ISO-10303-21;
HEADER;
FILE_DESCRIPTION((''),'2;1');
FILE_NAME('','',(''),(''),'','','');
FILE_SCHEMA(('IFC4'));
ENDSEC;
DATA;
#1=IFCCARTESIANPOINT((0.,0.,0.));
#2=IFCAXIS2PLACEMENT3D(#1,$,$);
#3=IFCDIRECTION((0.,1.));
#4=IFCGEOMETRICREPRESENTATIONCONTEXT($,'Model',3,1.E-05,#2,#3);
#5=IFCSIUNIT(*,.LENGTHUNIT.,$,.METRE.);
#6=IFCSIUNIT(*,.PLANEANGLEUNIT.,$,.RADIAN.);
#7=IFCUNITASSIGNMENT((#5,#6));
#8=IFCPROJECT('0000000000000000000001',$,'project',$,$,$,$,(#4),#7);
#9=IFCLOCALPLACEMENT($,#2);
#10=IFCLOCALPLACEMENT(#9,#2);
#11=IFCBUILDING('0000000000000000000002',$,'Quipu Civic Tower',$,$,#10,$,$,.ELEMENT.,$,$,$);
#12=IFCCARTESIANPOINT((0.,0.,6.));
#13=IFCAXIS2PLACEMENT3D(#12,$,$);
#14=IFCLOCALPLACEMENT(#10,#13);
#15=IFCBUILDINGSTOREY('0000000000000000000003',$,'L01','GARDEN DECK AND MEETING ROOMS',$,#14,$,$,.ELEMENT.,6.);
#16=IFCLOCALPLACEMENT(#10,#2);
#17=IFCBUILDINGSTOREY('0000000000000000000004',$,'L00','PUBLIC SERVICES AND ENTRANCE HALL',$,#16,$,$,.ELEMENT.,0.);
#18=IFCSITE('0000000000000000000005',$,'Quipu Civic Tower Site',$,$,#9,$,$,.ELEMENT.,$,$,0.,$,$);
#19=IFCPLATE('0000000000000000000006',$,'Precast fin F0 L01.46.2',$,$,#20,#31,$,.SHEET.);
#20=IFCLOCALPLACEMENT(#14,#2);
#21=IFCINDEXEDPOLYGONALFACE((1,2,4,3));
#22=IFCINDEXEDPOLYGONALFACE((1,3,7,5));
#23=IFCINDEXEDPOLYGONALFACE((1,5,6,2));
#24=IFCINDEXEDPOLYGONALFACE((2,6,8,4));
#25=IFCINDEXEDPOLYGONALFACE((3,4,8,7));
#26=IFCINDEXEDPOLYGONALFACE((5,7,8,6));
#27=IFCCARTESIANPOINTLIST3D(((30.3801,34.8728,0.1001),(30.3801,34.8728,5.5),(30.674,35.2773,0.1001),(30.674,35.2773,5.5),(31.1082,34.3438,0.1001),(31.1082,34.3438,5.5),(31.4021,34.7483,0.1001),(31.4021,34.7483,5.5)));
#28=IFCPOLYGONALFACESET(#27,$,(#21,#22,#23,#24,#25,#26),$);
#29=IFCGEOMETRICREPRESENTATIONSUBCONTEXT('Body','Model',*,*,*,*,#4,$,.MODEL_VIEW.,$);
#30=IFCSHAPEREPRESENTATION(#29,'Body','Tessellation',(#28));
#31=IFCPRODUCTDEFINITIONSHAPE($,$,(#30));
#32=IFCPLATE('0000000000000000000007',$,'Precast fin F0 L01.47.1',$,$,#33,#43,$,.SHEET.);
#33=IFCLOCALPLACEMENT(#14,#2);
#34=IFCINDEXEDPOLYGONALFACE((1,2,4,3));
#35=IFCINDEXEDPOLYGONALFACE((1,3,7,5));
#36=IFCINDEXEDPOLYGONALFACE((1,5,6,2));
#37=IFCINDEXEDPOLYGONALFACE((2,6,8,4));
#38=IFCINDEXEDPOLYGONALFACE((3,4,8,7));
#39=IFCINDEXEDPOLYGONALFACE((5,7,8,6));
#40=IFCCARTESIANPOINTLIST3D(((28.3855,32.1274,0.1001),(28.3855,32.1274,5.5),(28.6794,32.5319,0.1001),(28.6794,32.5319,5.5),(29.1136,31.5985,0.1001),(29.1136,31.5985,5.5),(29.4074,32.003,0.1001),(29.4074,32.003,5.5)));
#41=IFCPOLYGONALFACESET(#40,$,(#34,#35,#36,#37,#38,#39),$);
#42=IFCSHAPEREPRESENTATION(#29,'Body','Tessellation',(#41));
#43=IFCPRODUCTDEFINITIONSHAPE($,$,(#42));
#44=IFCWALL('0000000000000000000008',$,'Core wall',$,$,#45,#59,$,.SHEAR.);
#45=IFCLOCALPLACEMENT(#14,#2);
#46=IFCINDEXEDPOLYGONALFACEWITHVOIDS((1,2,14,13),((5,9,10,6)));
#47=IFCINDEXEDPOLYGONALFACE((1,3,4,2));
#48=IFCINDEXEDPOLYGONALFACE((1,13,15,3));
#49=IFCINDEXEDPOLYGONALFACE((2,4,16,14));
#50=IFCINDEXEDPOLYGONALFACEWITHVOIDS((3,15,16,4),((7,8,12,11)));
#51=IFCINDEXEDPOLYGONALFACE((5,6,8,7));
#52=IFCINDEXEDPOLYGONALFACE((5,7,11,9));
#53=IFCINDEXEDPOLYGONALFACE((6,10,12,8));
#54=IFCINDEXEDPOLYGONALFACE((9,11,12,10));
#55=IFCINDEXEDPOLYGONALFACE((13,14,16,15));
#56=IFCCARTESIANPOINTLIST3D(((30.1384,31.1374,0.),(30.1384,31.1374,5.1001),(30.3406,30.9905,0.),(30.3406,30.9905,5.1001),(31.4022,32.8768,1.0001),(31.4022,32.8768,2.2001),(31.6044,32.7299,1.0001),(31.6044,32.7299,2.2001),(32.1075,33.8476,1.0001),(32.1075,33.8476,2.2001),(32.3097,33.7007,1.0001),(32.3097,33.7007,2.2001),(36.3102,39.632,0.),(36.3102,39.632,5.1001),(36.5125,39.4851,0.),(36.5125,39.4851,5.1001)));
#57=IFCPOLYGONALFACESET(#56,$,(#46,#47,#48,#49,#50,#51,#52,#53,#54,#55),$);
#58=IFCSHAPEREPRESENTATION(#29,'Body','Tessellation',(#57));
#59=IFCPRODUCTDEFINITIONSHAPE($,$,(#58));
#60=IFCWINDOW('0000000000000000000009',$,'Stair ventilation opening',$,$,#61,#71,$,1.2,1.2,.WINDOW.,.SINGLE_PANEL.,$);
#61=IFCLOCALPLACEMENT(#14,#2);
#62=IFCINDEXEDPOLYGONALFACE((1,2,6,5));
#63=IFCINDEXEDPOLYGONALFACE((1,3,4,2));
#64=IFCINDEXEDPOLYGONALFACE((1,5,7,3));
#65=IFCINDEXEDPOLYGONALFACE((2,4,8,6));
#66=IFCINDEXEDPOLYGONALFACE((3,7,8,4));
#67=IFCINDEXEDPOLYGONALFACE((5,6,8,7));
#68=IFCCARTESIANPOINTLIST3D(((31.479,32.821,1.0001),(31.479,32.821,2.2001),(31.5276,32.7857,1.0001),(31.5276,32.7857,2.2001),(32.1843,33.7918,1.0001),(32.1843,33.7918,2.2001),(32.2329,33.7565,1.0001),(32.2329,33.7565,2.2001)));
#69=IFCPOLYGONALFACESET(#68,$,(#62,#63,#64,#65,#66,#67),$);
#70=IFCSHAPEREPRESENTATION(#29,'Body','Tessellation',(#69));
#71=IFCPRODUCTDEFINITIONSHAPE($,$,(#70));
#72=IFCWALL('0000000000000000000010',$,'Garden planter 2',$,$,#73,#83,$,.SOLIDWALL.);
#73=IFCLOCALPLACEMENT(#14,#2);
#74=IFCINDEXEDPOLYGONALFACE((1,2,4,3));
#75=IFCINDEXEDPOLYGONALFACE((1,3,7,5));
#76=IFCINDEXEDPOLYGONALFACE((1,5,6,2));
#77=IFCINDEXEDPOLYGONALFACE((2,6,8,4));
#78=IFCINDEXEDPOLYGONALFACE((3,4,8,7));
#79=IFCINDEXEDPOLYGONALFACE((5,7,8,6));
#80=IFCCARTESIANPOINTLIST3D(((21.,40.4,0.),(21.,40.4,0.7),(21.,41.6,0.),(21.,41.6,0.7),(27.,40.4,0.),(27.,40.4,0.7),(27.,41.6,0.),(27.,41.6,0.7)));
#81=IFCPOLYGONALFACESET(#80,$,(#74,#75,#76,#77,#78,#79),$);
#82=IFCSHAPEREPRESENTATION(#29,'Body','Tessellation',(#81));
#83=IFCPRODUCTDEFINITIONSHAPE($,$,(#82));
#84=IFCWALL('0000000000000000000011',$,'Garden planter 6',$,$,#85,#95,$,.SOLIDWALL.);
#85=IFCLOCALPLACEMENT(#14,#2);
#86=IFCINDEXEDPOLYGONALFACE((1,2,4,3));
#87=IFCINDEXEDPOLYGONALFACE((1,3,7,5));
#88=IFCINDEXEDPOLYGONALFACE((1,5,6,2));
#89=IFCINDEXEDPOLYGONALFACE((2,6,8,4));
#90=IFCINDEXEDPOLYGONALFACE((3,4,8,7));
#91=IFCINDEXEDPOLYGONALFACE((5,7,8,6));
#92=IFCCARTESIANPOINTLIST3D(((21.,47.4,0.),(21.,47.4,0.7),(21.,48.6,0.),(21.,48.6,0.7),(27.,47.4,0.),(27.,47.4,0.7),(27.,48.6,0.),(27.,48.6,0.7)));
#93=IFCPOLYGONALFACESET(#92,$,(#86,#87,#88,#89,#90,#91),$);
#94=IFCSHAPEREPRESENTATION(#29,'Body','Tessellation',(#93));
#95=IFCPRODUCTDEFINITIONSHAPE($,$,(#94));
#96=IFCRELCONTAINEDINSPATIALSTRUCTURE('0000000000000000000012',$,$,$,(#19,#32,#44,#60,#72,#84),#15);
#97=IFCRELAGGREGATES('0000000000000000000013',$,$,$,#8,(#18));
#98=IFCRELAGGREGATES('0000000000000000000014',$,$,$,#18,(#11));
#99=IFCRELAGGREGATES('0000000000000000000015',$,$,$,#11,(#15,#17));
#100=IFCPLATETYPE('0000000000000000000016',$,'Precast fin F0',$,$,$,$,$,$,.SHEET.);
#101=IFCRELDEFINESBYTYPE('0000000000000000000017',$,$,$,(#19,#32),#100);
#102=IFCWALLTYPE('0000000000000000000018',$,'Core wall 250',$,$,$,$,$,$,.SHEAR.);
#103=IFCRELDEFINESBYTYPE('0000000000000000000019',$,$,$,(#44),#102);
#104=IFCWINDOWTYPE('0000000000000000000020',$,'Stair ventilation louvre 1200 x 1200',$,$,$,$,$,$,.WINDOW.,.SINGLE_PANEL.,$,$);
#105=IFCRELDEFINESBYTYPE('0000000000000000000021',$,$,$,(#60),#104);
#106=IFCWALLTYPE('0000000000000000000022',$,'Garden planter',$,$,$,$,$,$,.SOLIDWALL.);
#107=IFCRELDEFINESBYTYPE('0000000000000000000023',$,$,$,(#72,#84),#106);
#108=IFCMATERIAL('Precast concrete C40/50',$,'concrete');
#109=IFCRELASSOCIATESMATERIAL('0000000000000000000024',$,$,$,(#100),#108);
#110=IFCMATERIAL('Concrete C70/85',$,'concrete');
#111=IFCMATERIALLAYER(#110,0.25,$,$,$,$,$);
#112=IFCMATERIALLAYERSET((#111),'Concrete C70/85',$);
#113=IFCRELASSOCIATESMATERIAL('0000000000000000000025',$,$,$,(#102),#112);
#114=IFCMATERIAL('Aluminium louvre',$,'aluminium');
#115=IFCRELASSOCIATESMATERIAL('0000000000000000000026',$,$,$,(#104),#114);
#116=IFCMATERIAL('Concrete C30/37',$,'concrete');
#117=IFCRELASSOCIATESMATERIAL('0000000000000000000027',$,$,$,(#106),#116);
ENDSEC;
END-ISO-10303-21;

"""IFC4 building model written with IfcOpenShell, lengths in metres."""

from ifc_helpers import new_model, si_unit, direction, frame, frame_2d, origin, origin_2d, place, context, subcontext, project, spatial, rectangle, extrude, material, layer, layer_set, type_object, element, fill, save


model = new_model("IFC4")

# Units and contexts
model_context = context("Model", 3, precision=1e-05, world=origin(), true_north=direction((0.0, 1.0)))
body_context = subcontext(model_context, "Body", "Model", "MODEL_VIEW")
ifc_project = project(units=[si_unit("LENGTHUNIT", "METRE"), si_unit("PLANEANGLEUNIT", "RADIAN")], contexts=[model_context])

# Site, building, storey
site_placement = place(None, origin())
site = spatial("IfcSite", under=ifc_project, at=site_placement, Name="Quipu Civic Tower Site", CompositionType="ELEMENT", RefElevation=0.0)
building_placement = place(site_placement, origin())
building = spatial("IfcBuilding", under=site, at=building_placement, Name="Quipu Civic Tower", CompositionType="ELEMENT")
storey_1_placement = place(building_placement, frame((0.0, 0.0, 6.0)))
storey_1 = spatial("IfcBuildingStorey", under=building, at=storey_1_placement, Name="L01", Description="GARDEN DECK AND MEETING ROOMS", CompositionType="ELEMENT", Elevation=6.0)

# Shared definitions
storey_2_placement = place(building_placement, origin())
storey_2 = spatial("IfcBuildingStorey", under=building, at=storey_2_placement, Name="L00", Description="PUBLIC SERVICES AND ENTRANCE HALL", CompositionType="ELEMENT", Elevation=0.0)

# Plates
ifc_material_1 = material(Name="Precast concrete C40/50", Category="concrete")
plate_type_1 = type_object("IfcPlateType", Name="Precast fin F0", PredefinedType="SHEET", material=ifc_material_1)
for number, where, z_axis, x_axis, name in (
    (1, (30.8911, 34.8105, 0.1001), (0.0, 0.0, 1.0), (-0.587785, -0.809017, 0.0), "Precast fin F0 L01.46.2"),
    (2, (28.8965, 32.0652, 0.1001), (0.0, 0.0, 1.0), (-0.587785, -0.809017, 0.0), "Precast fin F0 L01.47.1"),
):
    element("IfcPlate", number, at=place(storey_1_placement, frame(where, z_axis=z_axis, x_axis=x_axis)), inside=storey_1, type_object=plate_type_1, Name=name, PredefinedType="SHEET", context=body_context, shape_type="SweptSolid", body=[
        extrude(rectangle(XDim=0.5, YDim=0.8999, at=origin_2d()), origin(), (0.0, 0.0, 1.0), 5.3999),
    ])

# Wall, opening, window
ifc_material_2 = material(Name="Concrete C70/85", Category="concrete")
ifc_layer_1 = layer(ifc_material_2, 0.25)
ifc_layer_set_1 = layer_set([ifc_layer_1], Name="Concrete C70/85")
wall_type_1 = type_object("IfcWallType", Name="Core wall 250", PredefinedType="SHEAR", material=ifc_layer_set_1)
wall_placement = place(storey_1_placement, frame((30.2395, 31.064, 0.0), z_axis=(0.0, 0.0, 1.0), x_axis=(0.587796, 0.809009, 0.0)))
wall = element("IfcWall", 3, at=wall_placement, inside=storey_1, type_object=wall_type_1, Name="Core wall", PredefinedType="SHEAR", context=body_context, shape_type="SweptSolid", body=[
    extrude(rectangle(XDim=10.5, YDim=0.25, at=frame_2d((5.25, 0.0))), origin(), (0.0, 0.0, 1.0), 5.1001),
])
opening_placement = place(wall_placement, frame((2.1499, 0.0, 1.0)))
opening = element("IfcOpeningElement", 4, at=opening_placement, cuts=wall, PredefinedType="OPENING", context=body_context, shape_type="SweptSolid", body=[
    extrude(rectangle(XDim=1.2, YDim=1.2, at=frame_2d((0.6001, 0.6001))), frame((0.0, 0.135, 0.0), z_axis=(0.0, -1.0, 0.0), x_axis=(1.0, 0.0, 0.0)), (0.0, 0.0, 1.0), 0.27),
])
ifc_material_3 = material(Name="Aluminium louvre", Category="aluminium")
window_type = type_object("IfcWindowType", Name="Stair ventilation louvre 1200 x 1200", PartitioningType="SINGLE_PANEL", PredefinedType="WINDOW", material=ifc_material_3)
window_placement = place(opening_placement, origin())
window = element("IfcWindow", 5, at=window_placement, inside=storey_1, type_object=window_type, Name="Stair ventilation opening", OverallHeight=1.2, OverallWidth=1.2, PartitioningType="SINGLE_PANEL", PredefinedType="WINDOW", context=body_context, shape_type="SweptSolid", body=[
    extrude(rectangle(XDim=1.2, YDim=1.2, at=frame_2d((0.6001, 0.6001))), frame((0.0, 0.03, 0.0), z_axis=(0.0, -1.0, 0.0), x_axis=(1.0, 0.0, 0.0)), (0.0, 0.0, 1.0), 0.0601),
])
fill(opening, window)

# Walls
ifc_material_4 = material(Name="Concrete C30/37", Category="concrete")
wall_type_2 = type_object("IfcWallType", Name="Garden planter", PredefinedType="SOLIDWALL", material=ifc_material_4)
for number, where, z_axis, x_axis, name in (
    (6, (21.0, 41.0, 0.0), (0.0, 0.0, 1.0), (1.0, 0.0, 0.0), "Garden planter 2"),
    (7, (21.0, 48.0, 0.0), (0.0, 0.0, 1.0), (1.0, 0.0, 0.0), "Garden planter 6"),
):
    element("IfcWall", number, at=place(storey_1_placement, frame(where, z_axis=z_axis, x_axis=x_axis)), inside=storey_1, type_object=wall_type_2, Name=name, PredefinedType="SOLIDWALL", context=body_context, shape_type="SweptSolid", body=[
        extrude(rectangle(XDim=6.0, YDim=1.2, at=frame_2d((3.0, 0.0))), origin(), (0.0, 0.0, 1.0), 0.7),
    ])

save(model, "model.ifc")
